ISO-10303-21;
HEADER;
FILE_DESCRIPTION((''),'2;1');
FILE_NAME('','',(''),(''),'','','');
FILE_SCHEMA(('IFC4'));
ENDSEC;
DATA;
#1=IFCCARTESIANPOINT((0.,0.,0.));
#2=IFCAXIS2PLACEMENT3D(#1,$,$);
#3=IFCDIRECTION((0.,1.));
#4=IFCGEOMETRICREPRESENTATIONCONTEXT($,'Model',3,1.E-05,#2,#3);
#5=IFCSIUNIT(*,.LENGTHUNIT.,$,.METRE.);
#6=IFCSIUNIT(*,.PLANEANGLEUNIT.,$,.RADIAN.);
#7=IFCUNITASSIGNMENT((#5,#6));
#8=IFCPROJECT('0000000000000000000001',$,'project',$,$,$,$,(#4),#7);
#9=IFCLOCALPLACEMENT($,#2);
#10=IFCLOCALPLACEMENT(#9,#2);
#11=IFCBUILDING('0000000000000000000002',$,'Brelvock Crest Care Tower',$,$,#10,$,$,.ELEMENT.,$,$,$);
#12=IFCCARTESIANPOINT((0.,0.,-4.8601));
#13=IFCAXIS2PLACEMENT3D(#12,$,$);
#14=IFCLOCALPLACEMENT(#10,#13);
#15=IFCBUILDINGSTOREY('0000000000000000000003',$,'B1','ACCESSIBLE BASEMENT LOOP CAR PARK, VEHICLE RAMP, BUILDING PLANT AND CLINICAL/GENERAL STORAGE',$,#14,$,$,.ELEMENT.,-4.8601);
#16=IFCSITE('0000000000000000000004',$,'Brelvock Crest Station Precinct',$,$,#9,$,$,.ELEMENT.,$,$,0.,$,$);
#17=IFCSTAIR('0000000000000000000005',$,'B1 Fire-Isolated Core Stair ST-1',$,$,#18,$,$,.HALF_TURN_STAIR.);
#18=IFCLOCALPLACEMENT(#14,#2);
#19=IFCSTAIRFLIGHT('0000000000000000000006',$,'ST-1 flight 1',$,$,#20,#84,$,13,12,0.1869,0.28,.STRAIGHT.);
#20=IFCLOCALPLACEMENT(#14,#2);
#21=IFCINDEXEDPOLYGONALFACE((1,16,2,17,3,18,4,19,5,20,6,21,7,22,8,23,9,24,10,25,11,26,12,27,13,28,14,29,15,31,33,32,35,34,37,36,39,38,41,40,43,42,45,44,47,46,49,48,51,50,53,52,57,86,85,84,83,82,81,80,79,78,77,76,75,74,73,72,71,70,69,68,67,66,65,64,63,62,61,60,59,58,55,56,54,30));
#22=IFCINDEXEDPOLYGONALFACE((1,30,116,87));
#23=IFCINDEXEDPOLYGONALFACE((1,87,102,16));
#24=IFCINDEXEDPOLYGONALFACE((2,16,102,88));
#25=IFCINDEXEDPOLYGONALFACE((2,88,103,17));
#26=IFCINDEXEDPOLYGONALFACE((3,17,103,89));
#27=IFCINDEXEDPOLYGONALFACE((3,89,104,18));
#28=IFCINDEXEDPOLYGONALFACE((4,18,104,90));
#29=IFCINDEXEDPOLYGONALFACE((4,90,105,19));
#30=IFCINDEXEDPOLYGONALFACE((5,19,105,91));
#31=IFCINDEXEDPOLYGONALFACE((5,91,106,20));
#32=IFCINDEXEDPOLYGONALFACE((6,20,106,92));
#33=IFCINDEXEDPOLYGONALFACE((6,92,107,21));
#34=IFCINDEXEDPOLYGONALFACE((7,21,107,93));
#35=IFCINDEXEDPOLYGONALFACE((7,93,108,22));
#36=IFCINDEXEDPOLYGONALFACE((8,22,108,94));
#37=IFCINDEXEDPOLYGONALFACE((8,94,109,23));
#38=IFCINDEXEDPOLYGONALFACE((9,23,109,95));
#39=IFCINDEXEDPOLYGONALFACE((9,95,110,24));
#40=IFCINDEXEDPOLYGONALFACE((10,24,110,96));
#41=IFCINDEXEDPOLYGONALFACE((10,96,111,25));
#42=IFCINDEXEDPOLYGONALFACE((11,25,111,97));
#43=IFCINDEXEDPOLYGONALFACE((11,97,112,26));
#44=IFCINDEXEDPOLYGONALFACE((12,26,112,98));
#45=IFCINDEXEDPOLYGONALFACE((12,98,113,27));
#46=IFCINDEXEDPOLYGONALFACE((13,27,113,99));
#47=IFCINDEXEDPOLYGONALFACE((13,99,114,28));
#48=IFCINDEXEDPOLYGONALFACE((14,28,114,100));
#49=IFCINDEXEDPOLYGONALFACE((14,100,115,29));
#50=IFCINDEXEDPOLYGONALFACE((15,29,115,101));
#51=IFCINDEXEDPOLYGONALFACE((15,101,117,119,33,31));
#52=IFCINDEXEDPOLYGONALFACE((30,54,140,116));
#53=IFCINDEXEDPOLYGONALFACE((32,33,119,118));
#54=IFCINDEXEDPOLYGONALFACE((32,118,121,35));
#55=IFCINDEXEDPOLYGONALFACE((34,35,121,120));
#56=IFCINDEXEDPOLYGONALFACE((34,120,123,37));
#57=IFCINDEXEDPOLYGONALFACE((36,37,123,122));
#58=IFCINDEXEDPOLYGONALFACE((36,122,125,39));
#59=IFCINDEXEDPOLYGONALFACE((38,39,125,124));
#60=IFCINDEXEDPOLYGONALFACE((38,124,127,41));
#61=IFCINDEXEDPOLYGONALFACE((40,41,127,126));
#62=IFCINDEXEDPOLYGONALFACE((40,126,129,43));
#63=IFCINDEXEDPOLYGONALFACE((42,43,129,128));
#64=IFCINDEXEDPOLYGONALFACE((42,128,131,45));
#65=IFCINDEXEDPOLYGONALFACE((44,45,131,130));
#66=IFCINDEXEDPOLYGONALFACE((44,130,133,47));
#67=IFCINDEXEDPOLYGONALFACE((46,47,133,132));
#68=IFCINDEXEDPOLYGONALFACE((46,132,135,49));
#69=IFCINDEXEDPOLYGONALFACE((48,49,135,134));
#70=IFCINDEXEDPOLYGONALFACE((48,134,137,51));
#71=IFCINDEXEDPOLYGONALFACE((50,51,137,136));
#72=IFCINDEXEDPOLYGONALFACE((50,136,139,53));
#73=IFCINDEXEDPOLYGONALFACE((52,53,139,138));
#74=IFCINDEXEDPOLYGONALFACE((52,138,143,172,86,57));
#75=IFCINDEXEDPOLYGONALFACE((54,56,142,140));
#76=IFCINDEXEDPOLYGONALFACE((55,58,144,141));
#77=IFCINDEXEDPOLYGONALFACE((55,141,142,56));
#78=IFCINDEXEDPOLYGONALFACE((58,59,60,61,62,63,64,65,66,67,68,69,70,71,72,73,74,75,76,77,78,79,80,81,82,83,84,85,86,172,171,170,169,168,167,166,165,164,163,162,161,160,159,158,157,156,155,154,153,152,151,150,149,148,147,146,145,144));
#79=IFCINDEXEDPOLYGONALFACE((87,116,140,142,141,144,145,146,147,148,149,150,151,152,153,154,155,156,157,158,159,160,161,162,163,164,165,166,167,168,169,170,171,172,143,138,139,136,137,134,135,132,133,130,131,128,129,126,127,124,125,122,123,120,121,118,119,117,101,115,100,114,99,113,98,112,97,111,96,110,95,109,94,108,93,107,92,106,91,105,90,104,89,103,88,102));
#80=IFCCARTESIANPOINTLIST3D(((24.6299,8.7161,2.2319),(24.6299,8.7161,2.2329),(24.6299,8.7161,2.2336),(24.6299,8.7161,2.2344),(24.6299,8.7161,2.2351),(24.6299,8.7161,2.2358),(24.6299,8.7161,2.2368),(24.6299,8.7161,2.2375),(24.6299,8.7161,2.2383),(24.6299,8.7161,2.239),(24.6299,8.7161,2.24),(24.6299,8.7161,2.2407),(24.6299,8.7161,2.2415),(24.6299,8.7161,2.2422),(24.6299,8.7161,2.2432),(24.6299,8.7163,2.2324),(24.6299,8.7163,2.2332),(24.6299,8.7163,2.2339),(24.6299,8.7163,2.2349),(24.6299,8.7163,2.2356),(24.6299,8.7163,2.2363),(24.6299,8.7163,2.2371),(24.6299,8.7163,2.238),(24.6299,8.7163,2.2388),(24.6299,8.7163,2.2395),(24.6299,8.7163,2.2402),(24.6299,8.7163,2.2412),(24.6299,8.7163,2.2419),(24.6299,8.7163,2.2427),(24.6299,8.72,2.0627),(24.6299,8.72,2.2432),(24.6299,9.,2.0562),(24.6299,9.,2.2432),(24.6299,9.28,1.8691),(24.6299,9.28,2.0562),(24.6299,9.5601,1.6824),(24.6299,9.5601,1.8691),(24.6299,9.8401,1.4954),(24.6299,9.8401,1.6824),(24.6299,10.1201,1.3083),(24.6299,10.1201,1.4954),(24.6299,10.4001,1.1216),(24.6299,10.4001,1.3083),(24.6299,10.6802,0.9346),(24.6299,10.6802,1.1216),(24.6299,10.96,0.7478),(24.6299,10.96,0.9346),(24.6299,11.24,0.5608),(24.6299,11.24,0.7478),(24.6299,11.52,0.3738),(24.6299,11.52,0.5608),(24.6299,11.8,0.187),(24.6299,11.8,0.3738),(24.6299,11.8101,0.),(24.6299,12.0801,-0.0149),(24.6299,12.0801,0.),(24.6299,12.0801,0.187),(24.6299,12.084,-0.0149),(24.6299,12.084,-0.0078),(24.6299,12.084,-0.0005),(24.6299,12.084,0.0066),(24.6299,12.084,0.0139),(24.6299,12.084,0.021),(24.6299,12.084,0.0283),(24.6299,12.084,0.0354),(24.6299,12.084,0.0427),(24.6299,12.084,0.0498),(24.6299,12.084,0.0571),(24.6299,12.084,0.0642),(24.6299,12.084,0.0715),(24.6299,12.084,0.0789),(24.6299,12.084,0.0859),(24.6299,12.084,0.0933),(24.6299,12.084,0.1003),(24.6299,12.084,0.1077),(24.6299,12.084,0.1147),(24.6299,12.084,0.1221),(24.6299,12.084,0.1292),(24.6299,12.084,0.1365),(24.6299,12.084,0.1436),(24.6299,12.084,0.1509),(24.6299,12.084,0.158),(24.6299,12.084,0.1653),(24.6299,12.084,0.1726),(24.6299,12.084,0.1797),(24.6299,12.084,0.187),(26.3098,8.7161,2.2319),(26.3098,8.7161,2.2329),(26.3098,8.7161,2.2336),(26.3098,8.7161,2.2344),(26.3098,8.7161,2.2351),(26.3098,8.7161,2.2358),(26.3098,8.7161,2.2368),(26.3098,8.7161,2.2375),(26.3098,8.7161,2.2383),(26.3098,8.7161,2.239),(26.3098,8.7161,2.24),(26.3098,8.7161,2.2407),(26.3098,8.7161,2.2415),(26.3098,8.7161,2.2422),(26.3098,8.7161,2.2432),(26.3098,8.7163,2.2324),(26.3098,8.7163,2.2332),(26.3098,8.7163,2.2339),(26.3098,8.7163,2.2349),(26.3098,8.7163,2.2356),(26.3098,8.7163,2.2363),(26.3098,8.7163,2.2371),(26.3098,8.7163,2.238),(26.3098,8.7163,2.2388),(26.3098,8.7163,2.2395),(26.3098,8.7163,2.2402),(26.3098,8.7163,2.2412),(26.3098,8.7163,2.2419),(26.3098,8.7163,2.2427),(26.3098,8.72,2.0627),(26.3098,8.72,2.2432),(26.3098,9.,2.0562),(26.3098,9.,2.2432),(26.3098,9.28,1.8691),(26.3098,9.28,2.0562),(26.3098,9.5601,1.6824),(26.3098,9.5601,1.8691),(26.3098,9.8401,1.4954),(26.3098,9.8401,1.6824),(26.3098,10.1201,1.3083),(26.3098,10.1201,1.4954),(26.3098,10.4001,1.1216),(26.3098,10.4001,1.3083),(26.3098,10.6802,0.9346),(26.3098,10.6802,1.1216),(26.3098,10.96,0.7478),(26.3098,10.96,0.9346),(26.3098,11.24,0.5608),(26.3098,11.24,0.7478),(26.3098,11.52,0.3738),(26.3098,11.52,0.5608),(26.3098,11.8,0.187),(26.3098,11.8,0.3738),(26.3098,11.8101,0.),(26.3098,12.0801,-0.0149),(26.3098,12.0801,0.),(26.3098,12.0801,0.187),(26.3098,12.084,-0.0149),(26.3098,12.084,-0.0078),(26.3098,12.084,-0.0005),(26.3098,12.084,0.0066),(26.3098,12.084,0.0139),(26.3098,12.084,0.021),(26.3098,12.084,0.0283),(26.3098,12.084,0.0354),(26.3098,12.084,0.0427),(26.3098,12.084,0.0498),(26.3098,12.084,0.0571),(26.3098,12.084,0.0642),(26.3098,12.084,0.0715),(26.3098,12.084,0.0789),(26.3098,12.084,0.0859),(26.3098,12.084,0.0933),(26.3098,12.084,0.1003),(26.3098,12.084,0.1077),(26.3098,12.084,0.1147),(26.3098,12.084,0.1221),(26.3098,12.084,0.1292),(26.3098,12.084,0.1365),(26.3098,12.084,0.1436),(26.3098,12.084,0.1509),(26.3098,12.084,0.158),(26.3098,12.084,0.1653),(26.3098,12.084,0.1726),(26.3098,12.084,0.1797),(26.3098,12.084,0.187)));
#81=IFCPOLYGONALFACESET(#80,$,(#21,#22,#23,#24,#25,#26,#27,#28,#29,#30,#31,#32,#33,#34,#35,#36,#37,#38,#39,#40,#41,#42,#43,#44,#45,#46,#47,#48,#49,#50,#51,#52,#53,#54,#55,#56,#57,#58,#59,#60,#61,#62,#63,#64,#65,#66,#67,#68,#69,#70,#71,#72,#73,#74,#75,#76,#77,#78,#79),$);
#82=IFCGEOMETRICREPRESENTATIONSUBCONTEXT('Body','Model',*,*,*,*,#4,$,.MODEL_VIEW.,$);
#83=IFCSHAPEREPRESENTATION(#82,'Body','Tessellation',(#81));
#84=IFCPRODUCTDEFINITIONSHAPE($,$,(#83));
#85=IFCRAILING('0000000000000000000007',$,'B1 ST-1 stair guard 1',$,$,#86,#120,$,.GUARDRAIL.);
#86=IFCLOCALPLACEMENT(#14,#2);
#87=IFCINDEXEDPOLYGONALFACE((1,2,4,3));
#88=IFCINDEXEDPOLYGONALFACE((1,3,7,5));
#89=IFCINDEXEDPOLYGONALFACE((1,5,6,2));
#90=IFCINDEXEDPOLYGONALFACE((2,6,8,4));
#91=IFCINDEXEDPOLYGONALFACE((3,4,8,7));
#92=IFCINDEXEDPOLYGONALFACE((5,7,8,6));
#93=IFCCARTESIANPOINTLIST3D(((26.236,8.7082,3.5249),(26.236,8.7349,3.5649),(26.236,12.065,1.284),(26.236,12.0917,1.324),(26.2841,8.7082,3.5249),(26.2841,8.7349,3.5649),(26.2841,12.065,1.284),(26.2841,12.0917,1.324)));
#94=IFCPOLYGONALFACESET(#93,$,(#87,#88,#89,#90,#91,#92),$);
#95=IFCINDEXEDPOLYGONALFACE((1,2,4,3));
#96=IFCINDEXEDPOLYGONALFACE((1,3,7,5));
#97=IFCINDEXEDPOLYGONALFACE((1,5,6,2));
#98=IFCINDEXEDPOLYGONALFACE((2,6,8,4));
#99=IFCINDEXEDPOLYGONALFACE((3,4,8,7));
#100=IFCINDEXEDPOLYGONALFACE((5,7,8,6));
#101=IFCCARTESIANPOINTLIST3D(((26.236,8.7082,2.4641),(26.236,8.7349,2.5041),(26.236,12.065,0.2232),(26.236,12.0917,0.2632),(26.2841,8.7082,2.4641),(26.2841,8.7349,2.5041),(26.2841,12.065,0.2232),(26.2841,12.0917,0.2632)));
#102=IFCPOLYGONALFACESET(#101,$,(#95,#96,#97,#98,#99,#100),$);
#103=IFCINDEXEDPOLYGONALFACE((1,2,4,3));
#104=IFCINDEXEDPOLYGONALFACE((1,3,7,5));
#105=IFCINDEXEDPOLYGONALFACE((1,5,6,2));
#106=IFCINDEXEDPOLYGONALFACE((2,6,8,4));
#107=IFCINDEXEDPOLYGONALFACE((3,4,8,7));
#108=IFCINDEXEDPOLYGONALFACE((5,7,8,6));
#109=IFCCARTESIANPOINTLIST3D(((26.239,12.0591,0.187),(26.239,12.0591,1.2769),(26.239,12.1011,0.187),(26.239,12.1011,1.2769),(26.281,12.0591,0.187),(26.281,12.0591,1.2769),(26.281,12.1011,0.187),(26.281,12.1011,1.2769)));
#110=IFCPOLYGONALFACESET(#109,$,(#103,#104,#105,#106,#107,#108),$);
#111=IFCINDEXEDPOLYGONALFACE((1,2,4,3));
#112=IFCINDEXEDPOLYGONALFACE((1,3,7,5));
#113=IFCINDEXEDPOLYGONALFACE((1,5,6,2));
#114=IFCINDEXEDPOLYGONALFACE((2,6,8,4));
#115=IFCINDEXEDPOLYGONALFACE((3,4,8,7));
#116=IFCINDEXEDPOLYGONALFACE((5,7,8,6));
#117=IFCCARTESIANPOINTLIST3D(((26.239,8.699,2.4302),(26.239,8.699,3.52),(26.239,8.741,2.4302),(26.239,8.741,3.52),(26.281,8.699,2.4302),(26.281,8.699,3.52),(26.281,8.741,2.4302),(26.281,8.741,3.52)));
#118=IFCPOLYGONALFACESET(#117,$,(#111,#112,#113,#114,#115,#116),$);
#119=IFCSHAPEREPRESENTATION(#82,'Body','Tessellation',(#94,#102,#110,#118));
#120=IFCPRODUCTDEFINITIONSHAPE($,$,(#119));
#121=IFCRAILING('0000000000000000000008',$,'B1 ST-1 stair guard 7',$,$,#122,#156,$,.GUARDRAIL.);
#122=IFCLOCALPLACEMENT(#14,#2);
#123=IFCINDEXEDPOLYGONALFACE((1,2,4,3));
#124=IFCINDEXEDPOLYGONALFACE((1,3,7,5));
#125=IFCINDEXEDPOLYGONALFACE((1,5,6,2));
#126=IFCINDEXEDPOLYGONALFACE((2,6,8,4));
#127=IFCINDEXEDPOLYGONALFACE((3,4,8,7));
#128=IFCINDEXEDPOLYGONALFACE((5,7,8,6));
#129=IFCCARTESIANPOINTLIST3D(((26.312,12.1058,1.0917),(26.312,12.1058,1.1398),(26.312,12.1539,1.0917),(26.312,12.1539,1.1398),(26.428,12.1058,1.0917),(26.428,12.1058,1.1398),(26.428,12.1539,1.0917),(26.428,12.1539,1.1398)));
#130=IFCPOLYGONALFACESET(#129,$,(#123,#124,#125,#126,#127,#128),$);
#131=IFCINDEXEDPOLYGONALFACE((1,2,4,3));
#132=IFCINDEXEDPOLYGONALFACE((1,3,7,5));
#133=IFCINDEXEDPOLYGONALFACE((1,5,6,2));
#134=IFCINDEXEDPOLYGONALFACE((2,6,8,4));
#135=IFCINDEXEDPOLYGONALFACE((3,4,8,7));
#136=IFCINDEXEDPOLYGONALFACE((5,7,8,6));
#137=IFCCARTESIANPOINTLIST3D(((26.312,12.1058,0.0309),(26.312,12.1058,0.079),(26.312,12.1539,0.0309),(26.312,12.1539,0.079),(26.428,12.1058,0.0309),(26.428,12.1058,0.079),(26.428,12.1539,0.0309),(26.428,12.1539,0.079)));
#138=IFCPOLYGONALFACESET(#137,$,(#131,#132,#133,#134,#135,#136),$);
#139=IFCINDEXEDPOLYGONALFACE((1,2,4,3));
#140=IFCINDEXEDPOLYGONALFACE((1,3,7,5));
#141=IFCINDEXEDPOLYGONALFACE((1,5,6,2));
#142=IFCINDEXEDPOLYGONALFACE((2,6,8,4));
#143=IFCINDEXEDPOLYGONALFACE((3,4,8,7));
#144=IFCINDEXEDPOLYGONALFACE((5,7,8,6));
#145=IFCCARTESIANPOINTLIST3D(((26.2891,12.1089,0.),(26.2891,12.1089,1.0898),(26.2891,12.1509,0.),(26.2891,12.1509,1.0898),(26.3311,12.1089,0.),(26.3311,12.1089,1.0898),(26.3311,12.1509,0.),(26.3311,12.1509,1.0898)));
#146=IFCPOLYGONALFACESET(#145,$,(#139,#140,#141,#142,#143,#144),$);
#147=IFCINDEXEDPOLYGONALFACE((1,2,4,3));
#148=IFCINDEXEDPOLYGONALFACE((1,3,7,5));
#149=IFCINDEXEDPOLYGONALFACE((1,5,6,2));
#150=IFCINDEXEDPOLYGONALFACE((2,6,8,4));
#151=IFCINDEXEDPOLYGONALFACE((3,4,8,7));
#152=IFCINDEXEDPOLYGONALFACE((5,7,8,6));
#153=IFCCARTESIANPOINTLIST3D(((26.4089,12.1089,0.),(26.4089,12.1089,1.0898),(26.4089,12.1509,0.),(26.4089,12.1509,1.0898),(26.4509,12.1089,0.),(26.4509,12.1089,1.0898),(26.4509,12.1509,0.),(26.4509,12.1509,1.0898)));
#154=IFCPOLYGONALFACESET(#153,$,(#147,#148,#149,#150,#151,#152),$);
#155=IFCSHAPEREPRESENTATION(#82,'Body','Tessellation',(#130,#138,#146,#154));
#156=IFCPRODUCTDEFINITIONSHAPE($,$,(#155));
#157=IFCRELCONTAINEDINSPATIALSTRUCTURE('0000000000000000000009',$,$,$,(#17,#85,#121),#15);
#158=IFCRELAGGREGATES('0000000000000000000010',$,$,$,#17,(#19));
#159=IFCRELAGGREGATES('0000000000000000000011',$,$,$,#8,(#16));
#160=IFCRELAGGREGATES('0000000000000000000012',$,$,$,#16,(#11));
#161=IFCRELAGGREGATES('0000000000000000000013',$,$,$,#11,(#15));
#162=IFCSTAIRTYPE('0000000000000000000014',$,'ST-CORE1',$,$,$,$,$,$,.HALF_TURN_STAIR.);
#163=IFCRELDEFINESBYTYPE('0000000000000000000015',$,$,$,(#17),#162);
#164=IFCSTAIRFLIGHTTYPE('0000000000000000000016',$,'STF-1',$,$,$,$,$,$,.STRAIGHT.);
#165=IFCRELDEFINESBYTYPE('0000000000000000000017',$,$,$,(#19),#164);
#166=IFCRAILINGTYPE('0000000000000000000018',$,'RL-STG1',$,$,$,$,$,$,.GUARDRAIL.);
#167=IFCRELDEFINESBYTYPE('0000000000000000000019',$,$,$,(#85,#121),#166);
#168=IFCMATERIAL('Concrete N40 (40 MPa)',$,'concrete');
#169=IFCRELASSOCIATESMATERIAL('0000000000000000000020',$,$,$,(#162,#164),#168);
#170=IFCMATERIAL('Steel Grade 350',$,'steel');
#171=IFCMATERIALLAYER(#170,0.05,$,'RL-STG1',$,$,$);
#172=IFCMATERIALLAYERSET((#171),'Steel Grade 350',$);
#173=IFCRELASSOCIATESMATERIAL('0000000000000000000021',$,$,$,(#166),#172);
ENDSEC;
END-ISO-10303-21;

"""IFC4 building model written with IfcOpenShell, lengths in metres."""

from ifc_helpers import new_model, si_unit, direction, frame, origin, origin_2d, place, context, subcontext, project, spatial, polyline, rectangle, outline, extrude, material, layer, layer_set, type_object, element, aggregate, save


model = new_model("IFC4")

# Units and contexts
model_context = context("Model", 3, precision=1e-05, world=origin(), true_north=direction((0.0, 1.0)))
body_context = subcontext(model_context, "Body", "Model", "MODEL_VIEW")
ifc_project = project(units=[si_unit("LENGTHUNIT", "METRE"), si_unit("PLANEANGLEUNIT", "RADIAN")], contexts=[model_context])

# Site, building, storey
site_placement = place(None, origin())
site = spatial("IfcSite", under=ifc_project, at=site_placement, Name="Brelvock Crest Station Precinct", CompositionType="ELEMENT", RefElevation=0.0)
building_placement = place(site_placement, origin())
building = spatial("IfcBuilding", under=site, at=building_placement, Name="Brelvock Crest Care Tower", CompositionType="ELEMENT")
storey_placement = place(building_placement, frame((0.0, 0.0, -4.8601)))
storey = spatial("IfcBuildingStorey", under=building, at=storey_placement, Name="B1", Description="ACCESSIBLE BASEMENT LOOP CAR PARK, VEHICLE RAMP, BUILDING PLANT AND CLINICAL/GENERAL STORAGE", CompositionType="ELEMENT", Elevation=-4.8601)

# Shared definitions
ifc_material_1 = material(Name="Steel Grade 350", Category="steel")

# Stair, stair flight
ifc_material_2 = material(Name="Concrete N40 (40 MPa)", Category="concrete")
stair_type = type_object("IfcStairType", Name="ST-CORE1", PredefinedType="HALF_TURN_STAIR", material=ifc_material_2)
stair_placement = place(storey_placement, origin())
stair = element("IfcStair", 1, at=stair_placement, inside=storey, type_object=stair_type, Name="B1 Fire-Isolated Core Stair ST-1", PredefinedType="HALF_TURN_STAIR")
stair_flight_type = type_object("IfcStairFlightType", Name="STF-1", PredefinedType="STRAIGHT", material=ifc_material_2)
stair_flight_placement = place(storey_placement, frame((25.47, 12.0801, 0.0), z_axis=(0.0, 0.0, 1.0), x_axis=(0.0, -1.0, 0.0)))
stair_flight = element("IfcStairFlight", 2, at=stair_flight_placement, type_object=stair_flight_type, Name="ST-1 flight 1", NumberOfRisers=13, NumberOfTreads=12, PredefinedType="STRAIGHT", RiserHeight=0.1869, TreadLength=0.28, context=body_context, shape_type="SweptSolid", body=[
    extrude(outline(polyline([(-0.0039, -0.0149), (-0.0039, -0.0078), (-0.0039, -0.0005), (-0.0039, 0.0066), (-0.0039, 0.0139), (-0.0039, 0.021), (-0.0039, 0.0283), (-0.0039, 0.0354), (-0.0039, 0.0427), (-0.0039, 0.0498), (-0.0039, 0.0571), (-0.0039, 0.0642), (-0.0039, 0.0715), (-0.0039, 0.0789), (-0.0039, 0.0859), (-0.0039, 0.0933), (-0.0039, 0.1003), (-0.0039, 0.1077), (-0.0039, 0.1147), (-0.0039, 0.1221), (-0.0039, 0.1292), (-0.0039, 0.1365), (-0.0039, 0.1436), (-0.0039, 0.1509), (-0.0039, 0.158), (-0.0039, 0.1653), (-0.0039, 0.1726), (-0.0039, 0.1797), (-0.0039, 0.187), (0.0, 0.187), (0.28, 0.187), (0.28, 0.3738), (0.5601, 0.3738), (0.5601, 0.5608), (0.8401, 0.5608), (0.8401, 0.7478), (1.1201, 0.7478), (1.1201, 0.9346), (1.3999, 0.9346), (1.3999, 1.1216), (1.6799, 1.1216), (1.6799, 1.3083), (1.96, 1.3083), (1.96, 1.4954), (2.24, 1.4954), (2.24, 1.6824), (2.52, 1.6824), (2.52, 1.8691), (2.8, 1.8691), (2.8, 2.0562), (3.0801, 2.0562), (3.0801, 2.2432), (3.3601, 2.2432), (3.364, 2.2432), (3.3638, 2.2427), (3.364, 2.2422), (3.3638, 2.2419), (3.364, 2.2415), (3.3638, 2.2412), (3.364, 2.2407), (3.3638, 2.2402), (3.364, 2.24), (3.3638, 2.2395), (3.364, 2.239), (3.3638, 2.2388), (3.364, 2.2383), (3.3638, 2.238), (3.364, 2.2375), (3.3638, 2.2371), (3.364, 2.2368), (3.3638, 2.2363), (3.364, 2.2358), (3.3638, 2.2356), (3.364, 2.2351), (3.3638, 2.2349), (3.364, 2.2344), (3.3638, 2.2339), (3.364, 2.2336), (3.3638, 2.2332), (3.364, 2.2329), (3.3638, 2.2324), (3.364, 2.2319), (3.3601, 2.0627), (0.27, 0.0), (0.0, 0.0), (0.0, -0.0149), (-0.0039, -0.0149)])), frame((0.0, 0.8398, 0.0), z_axis=(0.0, -1.0, 0.0), x_axis=(1.0, 0.0, 0.0)), (0.0, 0.0, 1.0), 1.6799),
])
aggregate(stair, [stair_flight])

# Railings
ifc_layer_1 = layer(ifc_material_1, 0.05, Name="RL-STG1")
ifc_layer_set_1 = layer_set([ifc_layer_1], Name="Steel Grade 350")
railing_type_1 = type_object("IfcRailingType", Name="RL-STG1", PredefinedType="GUARDRAIL", material=ifc_layer_set_1)
railing_1_placement = place(storey_placement, frame((26.26, 12.0801, 0.187)))
element("IfcRailing", 3, at=railing_1_placement, inside=storey, type_object=railing_type_1, Name="B1 ST-1 stair guard 1", PredefinedType="GUARDRAIL", context=body_context, shape_type="SweptSolid", body=[
    extrude(rectangle(XDim=0.0481, YDim=0.0481, at=origin_2d()), frame((0.0, -0.0017, 1.1169), z_axis=(0.0, -0.831697, 0.55523), x_axis=(1.0, 0.0, 0.0)), (0.0, 0.0, 1.0), 4.0361),
    extrude(rectangle(XDim=0.0481, YDim=0.0481, at=origin_2d()), frame((0.0, -0.0017, 0.0562), z_axis=(0.0, -0.831697, 0.55523), x_axis=(1.0, 0.0, 0.0)), (0.0, 0.0, 1.0), 4.0361),
    extrude(rectangle(XDim=0.042, YDim=0.042, at=origin_2d()), origin(), (0.0, 0.0, 1.0), 1.0898),
    extrude(rectangle(XDim=0.042, YDim=0.042, at=origin_2d()), frame((0.0, -3.3601, 2.2432)), (0.0, 0.0, 1.0), 1.0898),
])
railing_2_placement = place(storey_placement, frame((26.3101, 12.1299, 0.0)))
element("IfcRailing", 4, at=railing_2_placement, inside=storey, type_object=railing_type_1, Name="B1 ST-1 stair guard 7", PredefinedType="GUARDRAIL", context=body_context, shape_type="SweptSolid", body=[
    extrude(rectangle(XDim=0.0481, YDim=0.0481, at=origin_2d()), frame((0.002, 0.0, 1.1157), z_axis=(1.0, 0.0, 0.0), x_axis=(0.0, 1.0, 0.0)), (0.0, 0.0, 1.0), 0.116),
    extrude(rectangle(XDim=0.0481, YDim=0.0481, at=origin_2d()), frame((0.002, 0.0, 0.0549), z_axis=(1.0, 0.0, 0.0), x_axis=(0.0, 1.0, 0.0)), (0.0, 0.0, 1.0), 0.116),
    extrude(rectangle(XDim=0.042, YDim=0.042, at=origin_2d()), origin(), (0.0, 0.0, 1.0), 1.0898),
    extrude(rectangle(XDim=0.042, YDim=0.042, at=origin_2d()), frame((0.1199, 0.0, 0.0)), (0.0, 0.0, 1.0), 1.0898),
])

save(model, "model.ifc")
